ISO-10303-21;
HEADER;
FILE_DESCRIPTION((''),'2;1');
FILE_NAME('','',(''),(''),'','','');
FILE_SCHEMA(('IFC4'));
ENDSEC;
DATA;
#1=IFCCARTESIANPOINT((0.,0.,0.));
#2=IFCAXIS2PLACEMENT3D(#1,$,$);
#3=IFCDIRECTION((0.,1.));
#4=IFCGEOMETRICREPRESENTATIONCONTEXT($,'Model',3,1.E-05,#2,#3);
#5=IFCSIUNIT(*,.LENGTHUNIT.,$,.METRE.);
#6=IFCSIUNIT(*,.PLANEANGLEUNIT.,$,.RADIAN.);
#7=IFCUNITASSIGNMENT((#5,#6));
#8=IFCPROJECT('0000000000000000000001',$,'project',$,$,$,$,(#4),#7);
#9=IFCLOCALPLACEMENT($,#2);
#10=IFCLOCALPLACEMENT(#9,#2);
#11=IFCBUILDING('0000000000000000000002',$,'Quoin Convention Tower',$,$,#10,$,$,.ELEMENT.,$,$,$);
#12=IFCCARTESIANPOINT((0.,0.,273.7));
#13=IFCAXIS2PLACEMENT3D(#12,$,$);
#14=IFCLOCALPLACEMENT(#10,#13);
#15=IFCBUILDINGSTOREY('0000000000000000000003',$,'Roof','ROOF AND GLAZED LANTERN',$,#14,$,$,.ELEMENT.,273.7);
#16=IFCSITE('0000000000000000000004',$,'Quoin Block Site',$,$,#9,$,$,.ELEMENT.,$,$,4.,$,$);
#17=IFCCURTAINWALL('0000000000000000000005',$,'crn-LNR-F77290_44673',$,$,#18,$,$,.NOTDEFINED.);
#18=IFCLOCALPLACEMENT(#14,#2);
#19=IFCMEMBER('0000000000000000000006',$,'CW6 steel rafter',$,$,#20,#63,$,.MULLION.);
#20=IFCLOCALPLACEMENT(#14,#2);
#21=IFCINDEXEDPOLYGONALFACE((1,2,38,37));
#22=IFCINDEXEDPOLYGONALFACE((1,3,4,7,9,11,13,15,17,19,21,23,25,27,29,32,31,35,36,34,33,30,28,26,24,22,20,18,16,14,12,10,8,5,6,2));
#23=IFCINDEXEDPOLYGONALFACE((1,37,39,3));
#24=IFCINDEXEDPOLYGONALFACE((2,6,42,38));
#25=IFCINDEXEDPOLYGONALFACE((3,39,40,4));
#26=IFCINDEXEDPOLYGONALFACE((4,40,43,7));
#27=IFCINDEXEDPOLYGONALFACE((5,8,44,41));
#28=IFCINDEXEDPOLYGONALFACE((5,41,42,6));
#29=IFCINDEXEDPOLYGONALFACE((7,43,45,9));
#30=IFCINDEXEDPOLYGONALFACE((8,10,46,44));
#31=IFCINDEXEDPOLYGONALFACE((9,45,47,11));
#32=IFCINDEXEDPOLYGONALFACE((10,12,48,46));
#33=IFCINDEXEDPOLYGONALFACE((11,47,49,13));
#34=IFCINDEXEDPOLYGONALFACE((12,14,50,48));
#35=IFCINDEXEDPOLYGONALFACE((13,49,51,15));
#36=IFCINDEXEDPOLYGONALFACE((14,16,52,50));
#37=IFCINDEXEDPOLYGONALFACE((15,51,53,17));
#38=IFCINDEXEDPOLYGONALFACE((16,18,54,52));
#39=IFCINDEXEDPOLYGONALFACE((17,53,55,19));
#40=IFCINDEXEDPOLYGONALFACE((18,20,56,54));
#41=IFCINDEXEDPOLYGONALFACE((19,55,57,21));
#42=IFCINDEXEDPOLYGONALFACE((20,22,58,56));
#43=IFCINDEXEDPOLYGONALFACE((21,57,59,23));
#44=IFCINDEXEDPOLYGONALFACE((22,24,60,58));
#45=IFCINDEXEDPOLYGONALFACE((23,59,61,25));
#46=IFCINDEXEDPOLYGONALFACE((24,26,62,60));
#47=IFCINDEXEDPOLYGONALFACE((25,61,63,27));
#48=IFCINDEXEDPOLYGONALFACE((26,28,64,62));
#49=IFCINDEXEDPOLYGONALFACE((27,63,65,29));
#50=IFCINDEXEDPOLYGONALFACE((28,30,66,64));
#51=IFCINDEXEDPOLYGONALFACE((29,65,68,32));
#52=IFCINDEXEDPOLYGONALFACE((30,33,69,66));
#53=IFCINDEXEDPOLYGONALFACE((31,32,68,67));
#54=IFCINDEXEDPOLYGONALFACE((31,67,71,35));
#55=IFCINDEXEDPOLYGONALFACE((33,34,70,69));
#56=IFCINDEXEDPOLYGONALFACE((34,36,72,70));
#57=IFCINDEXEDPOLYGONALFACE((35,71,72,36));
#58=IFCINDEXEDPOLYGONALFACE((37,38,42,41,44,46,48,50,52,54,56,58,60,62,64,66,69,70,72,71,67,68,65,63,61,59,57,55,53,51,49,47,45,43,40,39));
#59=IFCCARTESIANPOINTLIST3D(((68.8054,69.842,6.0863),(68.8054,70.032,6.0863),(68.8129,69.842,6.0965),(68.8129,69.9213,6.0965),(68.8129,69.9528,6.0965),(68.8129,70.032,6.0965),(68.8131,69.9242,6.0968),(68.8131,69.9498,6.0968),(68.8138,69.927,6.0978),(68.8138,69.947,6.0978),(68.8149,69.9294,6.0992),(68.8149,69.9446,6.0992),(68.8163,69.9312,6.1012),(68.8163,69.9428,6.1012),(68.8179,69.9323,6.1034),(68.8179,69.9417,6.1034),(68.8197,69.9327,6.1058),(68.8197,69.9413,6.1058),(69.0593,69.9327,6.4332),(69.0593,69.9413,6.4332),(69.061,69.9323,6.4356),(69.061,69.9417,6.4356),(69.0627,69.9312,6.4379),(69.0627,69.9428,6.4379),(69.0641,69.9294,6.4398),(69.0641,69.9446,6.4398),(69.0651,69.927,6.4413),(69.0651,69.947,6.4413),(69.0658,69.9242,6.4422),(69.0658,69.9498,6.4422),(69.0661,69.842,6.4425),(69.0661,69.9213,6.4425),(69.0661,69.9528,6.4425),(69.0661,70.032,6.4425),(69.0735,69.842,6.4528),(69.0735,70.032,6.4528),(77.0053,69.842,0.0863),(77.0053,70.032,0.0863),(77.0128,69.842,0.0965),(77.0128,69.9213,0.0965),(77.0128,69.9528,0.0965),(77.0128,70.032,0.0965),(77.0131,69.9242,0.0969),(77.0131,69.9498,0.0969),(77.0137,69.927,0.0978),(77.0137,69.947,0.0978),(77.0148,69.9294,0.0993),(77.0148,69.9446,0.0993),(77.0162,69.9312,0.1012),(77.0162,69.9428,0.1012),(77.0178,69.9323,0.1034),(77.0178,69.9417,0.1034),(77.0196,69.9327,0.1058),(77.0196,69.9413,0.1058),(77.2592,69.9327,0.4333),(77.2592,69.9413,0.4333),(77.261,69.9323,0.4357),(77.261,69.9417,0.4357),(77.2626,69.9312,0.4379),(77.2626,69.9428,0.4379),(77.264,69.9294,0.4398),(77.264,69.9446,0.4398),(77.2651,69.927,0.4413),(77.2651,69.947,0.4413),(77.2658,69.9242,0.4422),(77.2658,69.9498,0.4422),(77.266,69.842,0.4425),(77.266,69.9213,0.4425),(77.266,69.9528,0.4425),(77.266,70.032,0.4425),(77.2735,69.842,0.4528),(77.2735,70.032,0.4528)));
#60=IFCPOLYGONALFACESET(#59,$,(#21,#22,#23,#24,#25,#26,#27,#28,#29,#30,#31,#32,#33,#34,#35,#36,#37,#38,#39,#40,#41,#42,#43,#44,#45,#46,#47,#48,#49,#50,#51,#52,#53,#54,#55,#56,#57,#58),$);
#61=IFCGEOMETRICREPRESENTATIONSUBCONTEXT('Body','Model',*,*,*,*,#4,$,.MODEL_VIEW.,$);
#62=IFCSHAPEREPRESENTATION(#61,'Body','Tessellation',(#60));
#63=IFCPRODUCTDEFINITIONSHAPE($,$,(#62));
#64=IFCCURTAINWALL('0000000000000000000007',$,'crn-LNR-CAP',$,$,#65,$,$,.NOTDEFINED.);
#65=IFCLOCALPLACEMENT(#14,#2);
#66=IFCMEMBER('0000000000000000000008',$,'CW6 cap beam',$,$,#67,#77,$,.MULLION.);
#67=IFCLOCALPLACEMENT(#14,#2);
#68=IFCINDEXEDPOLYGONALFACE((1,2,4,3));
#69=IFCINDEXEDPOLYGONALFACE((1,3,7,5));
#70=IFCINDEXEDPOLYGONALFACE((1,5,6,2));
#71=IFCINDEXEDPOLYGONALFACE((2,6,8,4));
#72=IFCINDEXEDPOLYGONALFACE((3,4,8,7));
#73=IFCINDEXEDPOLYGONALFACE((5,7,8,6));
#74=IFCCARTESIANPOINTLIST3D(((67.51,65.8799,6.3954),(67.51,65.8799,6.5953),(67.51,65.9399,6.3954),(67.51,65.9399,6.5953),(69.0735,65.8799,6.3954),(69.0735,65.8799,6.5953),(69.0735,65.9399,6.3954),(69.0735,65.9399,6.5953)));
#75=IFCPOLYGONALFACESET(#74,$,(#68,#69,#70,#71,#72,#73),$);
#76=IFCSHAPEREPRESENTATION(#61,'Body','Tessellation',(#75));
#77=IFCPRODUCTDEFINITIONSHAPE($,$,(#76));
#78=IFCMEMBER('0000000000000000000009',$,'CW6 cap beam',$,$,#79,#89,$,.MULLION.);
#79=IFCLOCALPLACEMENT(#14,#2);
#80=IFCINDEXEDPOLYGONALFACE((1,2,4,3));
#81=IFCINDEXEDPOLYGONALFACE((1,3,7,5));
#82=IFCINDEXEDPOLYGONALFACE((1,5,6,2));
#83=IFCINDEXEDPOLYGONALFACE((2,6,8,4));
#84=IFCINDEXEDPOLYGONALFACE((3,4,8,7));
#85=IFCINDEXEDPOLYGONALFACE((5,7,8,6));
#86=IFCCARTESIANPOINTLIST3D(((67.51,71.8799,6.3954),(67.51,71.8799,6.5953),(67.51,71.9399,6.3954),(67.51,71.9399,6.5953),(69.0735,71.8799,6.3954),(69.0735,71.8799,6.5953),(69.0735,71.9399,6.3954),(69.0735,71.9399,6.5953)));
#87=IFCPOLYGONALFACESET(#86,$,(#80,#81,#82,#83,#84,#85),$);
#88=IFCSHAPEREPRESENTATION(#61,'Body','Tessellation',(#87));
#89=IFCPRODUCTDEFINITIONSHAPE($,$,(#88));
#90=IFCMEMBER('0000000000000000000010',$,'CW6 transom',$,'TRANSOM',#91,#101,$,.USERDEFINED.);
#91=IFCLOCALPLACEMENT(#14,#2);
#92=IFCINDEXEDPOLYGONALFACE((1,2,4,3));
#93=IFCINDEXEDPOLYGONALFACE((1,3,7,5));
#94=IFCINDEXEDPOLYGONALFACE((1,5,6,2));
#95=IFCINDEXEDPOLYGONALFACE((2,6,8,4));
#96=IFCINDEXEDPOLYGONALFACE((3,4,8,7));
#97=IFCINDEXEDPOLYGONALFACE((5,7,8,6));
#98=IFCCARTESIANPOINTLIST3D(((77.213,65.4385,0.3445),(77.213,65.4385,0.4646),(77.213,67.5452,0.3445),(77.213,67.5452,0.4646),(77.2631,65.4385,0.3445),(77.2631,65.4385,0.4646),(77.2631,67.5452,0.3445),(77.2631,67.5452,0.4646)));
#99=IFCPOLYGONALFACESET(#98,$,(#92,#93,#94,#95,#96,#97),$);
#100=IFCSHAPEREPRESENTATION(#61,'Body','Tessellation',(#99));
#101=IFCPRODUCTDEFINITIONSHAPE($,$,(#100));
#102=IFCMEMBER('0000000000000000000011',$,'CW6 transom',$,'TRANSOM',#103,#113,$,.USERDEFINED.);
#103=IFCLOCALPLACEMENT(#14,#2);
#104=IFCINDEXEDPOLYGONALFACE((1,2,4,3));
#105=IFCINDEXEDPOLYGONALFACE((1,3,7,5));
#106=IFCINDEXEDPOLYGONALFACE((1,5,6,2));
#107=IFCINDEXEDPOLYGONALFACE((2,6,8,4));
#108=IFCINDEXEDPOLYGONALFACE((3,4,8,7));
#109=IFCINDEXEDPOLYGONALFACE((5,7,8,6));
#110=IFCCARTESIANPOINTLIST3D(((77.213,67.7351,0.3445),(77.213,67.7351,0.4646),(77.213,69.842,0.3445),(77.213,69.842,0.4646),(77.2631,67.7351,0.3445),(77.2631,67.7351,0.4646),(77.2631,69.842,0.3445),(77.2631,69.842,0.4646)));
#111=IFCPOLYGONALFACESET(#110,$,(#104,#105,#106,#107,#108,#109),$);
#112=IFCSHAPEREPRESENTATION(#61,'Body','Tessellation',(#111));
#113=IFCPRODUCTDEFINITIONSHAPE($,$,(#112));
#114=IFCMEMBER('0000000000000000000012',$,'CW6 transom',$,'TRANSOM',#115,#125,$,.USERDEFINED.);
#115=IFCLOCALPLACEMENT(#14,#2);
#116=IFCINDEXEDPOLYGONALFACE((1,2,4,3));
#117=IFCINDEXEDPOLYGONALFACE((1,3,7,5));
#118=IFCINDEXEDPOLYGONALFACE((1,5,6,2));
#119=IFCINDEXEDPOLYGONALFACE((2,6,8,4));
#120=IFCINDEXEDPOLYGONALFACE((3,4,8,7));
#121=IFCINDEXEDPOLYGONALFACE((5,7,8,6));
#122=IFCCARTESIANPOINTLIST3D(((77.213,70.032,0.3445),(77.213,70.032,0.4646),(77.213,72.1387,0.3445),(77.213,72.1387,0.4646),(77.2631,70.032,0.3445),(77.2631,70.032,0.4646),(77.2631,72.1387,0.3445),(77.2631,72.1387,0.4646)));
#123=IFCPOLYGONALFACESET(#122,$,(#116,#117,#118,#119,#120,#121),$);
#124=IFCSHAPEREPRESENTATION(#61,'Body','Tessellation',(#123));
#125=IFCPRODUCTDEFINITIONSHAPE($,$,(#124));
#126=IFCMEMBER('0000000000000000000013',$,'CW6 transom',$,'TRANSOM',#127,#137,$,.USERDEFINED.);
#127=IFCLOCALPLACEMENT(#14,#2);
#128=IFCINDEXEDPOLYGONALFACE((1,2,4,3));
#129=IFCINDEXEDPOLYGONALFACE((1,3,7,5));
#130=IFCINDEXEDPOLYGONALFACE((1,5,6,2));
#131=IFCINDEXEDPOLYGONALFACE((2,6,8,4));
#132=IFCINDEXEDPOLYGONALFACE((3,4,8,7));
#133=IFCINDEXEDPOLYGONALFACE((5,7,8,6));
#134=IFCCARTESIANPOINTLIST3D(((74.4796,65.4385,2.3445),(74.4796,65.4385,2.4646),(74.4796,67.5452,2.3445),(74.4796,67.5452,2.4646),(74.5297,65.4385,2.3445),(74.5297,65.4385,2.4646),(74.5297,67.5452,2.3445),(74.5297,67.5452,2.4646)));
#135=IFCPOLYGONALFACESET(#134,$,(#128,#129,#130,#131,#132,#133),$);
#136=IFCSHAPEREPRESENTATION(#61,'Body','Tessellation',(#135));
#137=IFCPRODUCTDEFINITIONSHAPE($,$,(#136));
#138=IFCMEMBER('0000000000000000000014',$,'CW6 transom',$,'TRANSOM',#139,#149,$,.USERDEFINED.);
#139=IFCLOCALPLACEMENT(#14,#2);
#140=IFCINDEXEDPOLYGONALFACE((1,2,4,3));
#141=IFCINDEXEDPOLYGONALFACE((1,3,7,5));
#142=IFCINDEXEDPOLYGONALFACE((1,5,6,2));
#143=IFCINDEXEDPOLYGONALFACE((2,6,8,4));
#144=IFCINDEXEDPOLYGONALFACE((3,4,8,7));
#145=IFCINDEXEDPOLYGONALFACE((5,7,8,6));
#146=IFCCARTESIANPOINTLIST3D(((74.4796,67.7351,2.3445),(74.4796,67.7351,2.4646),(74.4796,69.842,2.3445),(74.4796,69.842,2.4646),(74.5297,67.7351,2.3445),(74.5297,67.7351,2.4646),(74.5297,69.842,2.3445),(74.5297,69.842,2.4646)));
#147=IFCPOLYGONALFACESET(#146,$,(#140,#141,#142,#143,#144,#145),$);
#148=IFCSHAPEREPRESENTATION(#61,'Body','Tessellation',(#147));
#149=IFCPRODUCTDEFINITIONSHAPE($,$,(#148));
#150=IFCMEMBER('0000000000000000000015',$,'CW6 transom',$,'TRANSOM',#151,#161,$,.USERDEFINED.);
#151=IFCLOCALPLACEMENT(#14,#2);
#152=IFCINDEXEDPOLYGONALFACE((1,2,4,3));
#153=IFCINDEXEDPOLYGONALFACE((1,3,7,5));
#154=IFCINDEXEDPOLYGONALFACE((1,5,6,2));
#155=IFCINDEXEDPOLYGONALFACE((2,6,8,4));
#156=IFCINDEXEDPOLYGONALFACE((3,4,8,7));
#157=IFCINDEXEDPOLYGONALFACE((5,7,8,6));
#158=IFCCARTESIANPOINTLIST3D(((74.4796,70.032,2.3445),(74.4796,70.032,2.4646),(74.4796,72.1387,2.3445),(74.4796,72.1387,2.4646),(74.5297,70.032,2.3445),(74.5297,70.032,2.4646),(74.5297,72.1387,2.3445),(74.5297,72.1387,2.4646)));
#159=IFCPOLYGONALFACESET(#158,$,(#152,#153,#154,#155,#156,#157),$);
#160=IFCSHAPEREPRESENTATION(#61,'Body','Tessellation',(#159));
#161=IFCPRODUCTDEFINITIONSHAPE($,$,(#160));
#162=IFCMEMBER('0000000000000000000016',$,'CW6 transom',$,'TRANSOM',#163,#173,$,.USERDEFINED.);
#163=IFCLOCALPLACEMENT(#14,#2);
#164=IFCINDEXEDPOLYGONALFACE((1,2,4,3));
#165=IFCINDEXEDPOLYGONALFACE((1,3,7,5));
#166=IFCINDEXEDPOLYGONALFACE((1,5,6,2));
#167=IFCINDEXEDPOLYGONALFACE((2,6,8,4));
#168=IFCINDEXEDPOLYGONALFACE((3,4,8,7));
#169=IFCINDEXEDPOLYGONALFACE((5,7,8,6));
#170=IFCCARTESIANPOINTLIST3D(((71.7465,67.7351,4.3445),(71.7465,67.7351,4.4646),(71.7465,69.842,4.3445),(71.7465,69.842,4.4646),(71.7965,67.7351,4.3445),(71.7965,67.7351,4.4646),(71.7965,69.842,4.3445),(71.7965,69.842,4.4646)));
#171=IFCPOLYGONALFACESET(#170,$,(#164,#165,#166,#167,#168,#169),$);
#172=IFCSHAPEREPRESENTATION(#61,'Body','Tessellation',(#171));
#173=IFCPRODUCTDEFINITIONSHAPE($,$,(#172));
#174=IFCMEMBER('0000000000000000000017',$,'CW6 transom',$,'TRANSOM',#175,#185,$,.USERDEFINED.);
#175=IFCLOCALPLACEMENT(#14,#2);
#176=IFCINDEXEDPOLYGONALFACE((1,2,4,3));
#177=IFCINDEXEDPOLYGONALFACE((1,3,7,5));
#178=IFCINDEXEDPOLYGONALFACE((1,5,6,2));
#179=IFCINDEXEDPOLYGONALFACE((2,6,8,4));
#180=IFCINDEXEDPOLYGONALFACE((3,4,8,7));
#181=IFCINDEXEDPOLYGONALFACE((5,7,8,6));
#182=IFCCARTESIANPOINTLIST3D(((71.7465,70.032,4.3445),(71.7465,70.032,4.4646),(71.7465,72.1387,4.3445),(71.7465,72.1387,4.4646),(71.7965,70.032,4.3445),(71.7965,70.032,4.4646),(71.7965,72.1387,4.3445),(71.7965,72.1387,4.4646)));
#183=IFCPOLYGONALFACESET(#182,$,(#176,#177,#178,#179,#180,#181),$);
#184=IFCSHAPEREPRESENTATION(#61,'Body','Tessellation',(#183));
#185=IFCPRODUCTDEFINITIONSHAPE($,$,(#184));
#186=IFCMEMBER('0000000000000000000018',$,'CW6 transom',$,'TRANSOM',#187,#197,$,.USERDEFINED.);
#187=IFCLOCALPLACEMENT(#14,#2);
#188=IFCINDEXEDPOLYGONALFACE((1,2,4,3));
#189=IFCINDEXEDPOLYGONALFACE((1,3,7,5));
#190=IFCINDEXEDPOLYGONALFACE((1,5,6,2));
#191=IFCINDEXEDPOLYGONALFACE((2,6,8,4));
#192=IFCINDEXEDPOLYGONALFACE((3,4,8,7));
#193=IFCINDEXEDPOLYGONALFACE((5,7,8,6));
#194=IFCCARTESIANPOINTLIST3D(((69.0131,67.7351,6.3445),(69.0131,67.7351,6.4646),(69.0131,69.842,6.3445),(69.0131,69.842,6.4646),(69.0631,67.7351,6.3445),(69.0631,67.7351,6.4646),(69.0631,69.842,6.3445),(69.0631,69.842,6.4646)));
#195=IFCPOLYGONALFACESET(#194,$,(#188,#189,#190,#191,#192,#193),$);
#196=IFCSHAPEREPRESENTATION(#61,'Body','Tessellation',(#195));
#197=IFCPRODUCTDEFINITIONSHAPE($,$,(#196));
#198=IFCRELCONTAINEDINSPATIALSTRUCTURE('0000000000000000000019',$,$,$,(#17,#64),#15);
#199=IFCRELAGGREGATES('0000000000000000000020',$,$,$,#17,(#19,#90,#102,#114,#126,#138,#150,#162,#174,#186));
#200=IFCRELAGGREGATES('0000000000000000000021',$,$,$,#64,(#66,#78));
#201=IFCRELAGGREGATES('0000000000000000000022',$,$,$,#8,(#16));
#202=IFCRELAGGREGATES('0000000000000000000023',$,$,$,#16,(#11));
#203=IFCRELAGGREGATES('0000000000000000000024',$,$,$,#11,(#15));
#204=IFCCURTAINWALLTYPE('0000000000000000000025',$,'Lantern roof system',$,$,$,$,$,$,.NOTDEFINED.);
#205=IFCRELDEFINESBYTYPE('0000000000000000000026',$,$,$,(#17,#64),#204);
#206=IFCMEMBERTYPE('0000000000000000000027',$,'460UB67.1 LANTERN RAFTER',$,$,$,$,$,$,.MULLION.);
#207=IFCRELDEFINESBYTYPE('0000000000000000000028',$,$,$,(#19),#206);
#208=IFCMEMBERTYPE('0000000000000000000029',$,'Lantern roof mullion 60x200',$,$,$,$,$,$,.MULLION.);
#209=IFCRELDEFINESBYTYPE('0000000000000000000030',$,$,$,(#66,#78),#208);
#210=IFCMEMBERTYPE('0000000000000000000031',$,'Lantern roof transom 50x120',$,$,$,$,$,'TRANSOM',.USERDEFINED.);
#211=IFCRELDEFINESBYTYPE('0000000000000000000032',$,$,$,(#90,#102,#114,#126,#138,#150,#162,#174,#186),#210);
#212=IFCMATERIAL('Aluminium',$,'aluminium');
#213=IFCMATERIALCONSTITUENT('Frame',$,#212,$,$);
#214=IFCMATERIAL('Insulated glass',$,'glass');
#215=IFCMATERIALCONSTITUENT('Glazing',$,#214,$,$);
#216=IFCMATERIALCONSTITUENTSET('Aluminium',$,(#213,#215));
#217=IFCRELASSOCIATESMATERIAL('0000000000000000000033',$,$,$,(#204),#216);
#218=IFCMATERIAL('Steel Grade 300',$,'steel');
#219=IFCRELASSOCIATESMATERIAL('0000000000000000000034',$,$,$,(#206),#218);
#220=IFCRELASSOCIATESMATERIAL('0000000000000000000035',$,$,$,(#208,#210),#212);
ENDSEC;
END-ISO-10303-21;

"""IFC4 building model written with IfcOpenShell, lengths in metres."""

from ifc_helpers import new_model, si_unit, direction, frame, origin, origin_2d, place, context, subcontext, project, spatial, rectangle, i_section, extrude, material, constituent, constituent_set, material_profile, profile_set, type_object, element, aggregate, save


model = new_model("IFC4")

# Units and contexts
model_context = context("Model", 3, precision=1e-05, world=origin(), true_north=direction((0.0, 1.0)))
body_context = subcontext(model_context, "Body", "Model", "MODEL_VIEW")
ifc_project = project(units=[si_unit("LENGTHUNIT", "METRE"), si_unit("PLANEANGLEUNIT", "RADIAN")], contexts=[model_context])

# Site, building, storey
site_placement = place(None, origin())
site = spatial("IfcSite", under=ifc_project, at=site_placement, Name="Quoin Block Site", CompositionType="ELEMENT", RefElevation=4.0)
building_placement = place(site_placement, origin())
building = spatial("IfcBuilding", under=site, at=building_placement, Name="Quoin Convention Tower", CompositionType="ELEMENT")
storey_placement = place(building_placement, frame((0.0, 0.0, 273.7)))
storey = spatial("IfcBuildingStorey", under=building, at=storey_placement, Name="Roof", Description="ROOF AND GLAZED LANTERN", CompositionType="ELEMENT", Elevation=273.7)

# Shared definitions
ifc_material_1 = material(Name="Steel Grade 300", Category="steel")

# Curtain walls, members
ifc_material_2 = material(Name="Aluminium", Category="aluminium")
ifc_constituent_1 = constituent(ifc_material_2, Name="Frame")
ifc_material_3 = material(Name="Insulated glass", Category="glass")
ifc_constituent_2 = constituent(ifc_material_3, Name="Glazing")
ifc_constituent_set = constituent_set(constituents=[ifc_constituent_1, ifc_constituent_2], Name="Aluminium")
curtain_wall_type = type_object("IfcCurtainWallType", Name="Lantern roof system", PredefinedType="NOTDEFINED", material=ifc_constituent_set)
curtain_wall_1_placement = place(storey_placement, origin())
curtain_wall_1 = element("IfcCurtainWall", 1, at=curtain_wall_1_placement, inside=storey, type_object=curtain_wall_type, Name="crn-LNR-F77290_44673", PredefinedType="NOTDEFINED")
ifc_material_profile_1 = material_profile(ifc_material_1, i_section(OverallWidth=0.1899, OverallDepth=0.4541, WebThickness=0.0085, FlangeThickness=0.0127, FilletRadius=0.0115, at=origin_2d()), Name="460UB67.1")
ifc_profile_set_1 = profile_set([ifc_material_profile_1], Name="Steel Grade 300")
member_type_1 = type_object("IfcMemberType", Name="460UB67.1 LANTERN RAFTER", PredefinedType="MULLION", material=ifc_profile_set_1)
member_1_placement = place(storey_placement, frame((77.1394, 69.937, 0.2695), z_axis=(-0.807029, 0.0, 0.590512), x_axis=(0.0, -1.0, 0.0)))
member_1 = element("IfcMember", 2, at=member_1_placement, type_object=member_type_1, Name="CW6 steel rafter", PredefinedType="MULLION", context=body_context, shape_type="SweptSolid", body=[
    extrude(i_section(OverallWidth=0.1899, OverallDepth=0.4541, WebThickness=0.0085, FlangeThickness=0.0127, FilletRadius=0.0115, at=origin_2d()), origin(), (0.0, 0.0, 1.0), 10.1606),
])
curtain_wall_2_placement = place(storey_placement, origin())
curtain_wall_2 = element("IfcCurtainWall", 3, at=curtain_wall_2_placement, inside=storey, type_object=curtain_wall_type, Name="crn-LNR-CAP", PredefinedType="NOTDEFINED")
ifc_material_profile_2 = material_profile(ifc_material_2, rectangle(XDim=0.2, YDim=0.0601, at=origin_2d()), Name="Lantern roof mullion 60x200")
ifc_profile_set_2 = profile_set([ifc_material_profile_2], Name="Aluminium")
member_type_2 = type_object("IfcMemberType", Name="Lantern roof mullion 60x200", PredefinedType="MULLION", material=ifc_profile_set_2)
member_2_placement = place(storey_placement, frame((67.51, 65.9099, 6.4954), z_axis=(1.0, 0.0, 0.0), x_axis=(0.0, 0.0, 1.0)))
member_2 = element("IfcMember", 4, at=member_2_placement, type_object=member_type_2, Name="CW6 cap beam", PredefinedType="MULLION", context=body_context, shape_type="SweptSolid", body=[
    extrude(rectangle(XDim=0.2, YDim=0.0601, at=origin_2d()), origin(), (0.0, 0.0, 1.0), 1.5635),
])
member_3_placement = place(storey_placement, frame((67.51, 71.9099, 6.4954), z_axis=(1.0, 0.0, 0.0), x_axis=(0.0, 0.0, 1.0)))
member_3 = element("IfcMember", 5, at=member_3_placement, type_object=member_type_2, Name="CW6 cap beam", PredefinedType="MULLION", context=body_context, shape_type="SweptSolid", body=[
    extrude(rectangle(XDim=0.2, YDim=0.0601, at=origin_2d()), origin(), (0.0, 0.0, 1.0), 1.5635),
])

# Members
ifc_material_profile_3 = material_profile(ifc_material_2, rectangle(XDim=0.1201, YDim=0.05, at=origin_2d()), Name="Lantern roof transom 50x120")
ifc_profile_set_3 = profile_set([ifc_material_profile_3], Name="Aluminium")
member_type_3 = type_object("IfcMemberType", Name="Lantern roof transom 50x120", ElementType="TRANSOM", PredefinedType="USERDEFINED", material=ifc_profile_set_3)
member_4_placement = place(storey_placement, frame((77.238, 65.4385, 0.4045), z_axis=(0.0, 1.0, 0.0), x_axis=(0.0, 0.0, 1.0)))
member_4 = element("IfcMember", 6, at=member_4_placement, type_object=member_type_3, Name="CW6 transom", ObjectType="TRANSOM", PredefinedType="USERDEFINED", context=body_context, shape_type="SweptSolid", body=[
    extrude(rectangle(XDim=0.1201, YDim=0.05, at=origin_2d()), origin(), (0.0, 0.0, 1.0), 2.1067),
])
member_5_placement = place(storey_placement, frame((77.238, 67.7351, 0.4045), z_axis=(0.0, 1.0, 0.0), x_axis=(0.0, 0.0, 1.0)))
member_5 = element("IfcMember", 7, at=member_5_placement, type_object=member_type_3, Name="CW6 transom", ObjectType="TRANSOM", PredefinedType="USERDEFINED", context=body_context, shape_type="SweptSolid", body=[
    extrude(rectangle(XDim=0.1201, YDim=0.05, at=origin_2d()), origin(), (0.0, 0.0, 1.0), 2.1069),
])
member_6_placement = place(storey_placement, frame((77.238, 70.032, 0.4045), z_axis=(0.0, 1.0, 0.0), x_axis=(0.0, 0.0, 1.0)))
member_6 = element("IfcMember", 8, at=member_6_placement, type_object=member_type_3, Name="CW6 transom", ObjectType="TRANSOM", PredefinedType="USERDEFINED", context=body_context, shape_type="SweptSolid", body=[
    extrude(rectangle(XDim=0.1201, YDim=0.05, at=origin_2d()), origin(), (0.0, 0.0, 1.0), 2.1067),
])
member_7_placement = place(storey_placement, frame((74.5046, 65.4385, 2.4045), z_axis=(0.0, 1.0, 0.0), x_axis=(0.0, 0.0, 1.0)))
member_7 = element("IfcMember", 9, at=member_7_placement, type_object=member_type_3, Name="CW6 transom", ObjectType="TRANSOM", PredefinedType="USERDEFINED", context=body_context, shape_type="SweptSolid", body=[
    extrude(rectangle(XDim=0.1201, YDim=0.05, at=origin_2d()), origin(), (0.0, 0.0, 1.0), 2.1067),
])
member_8_placement = place(storey_placement, frame((74.5046, 67.7351, 2.4045), z_axis=(0.0, 1.0, 0.0), x_axis=(0.0, 0.0, 1.0)))
member_8 = element("IfcMember", 10, at=member_8_placement, type_object=member_type_3, Name="CW6 transom", ObjectType="TRANSOM", PredefinedType="USERDEFINED", context=body_context, shape_type="SweptSolid", body=[
    extrude(rectangle(XDim=0.1201, YDim=0.05, at=origin_2d()), origin(), (0.0, 0.0, 1.0), 2.1069),
])
member_9_placement = place(storey_placement, frame((74.5046, 70.032, 2.4045), z_axis=(0.0, 1.0, 0.0), x_axis=(0.0, 0.0, 1.0)))
member_9 = element("IfcMember", 11, at=member_9_placement, type_object=member_type_3, Name="CW6 transom", ObjectType="TRANSOM", PredefinedType="USERDEFINED", context=body_context, shape_type="SweptSolid", body=[
    extrude(rectangle(XDim=0.1201, YDim=0.05, at=origin_2d()), origin(), (0.0, 0.0, 1.0), 2.1067),
])
member_10_placement = place(storey_placement, frame((71.7715, 67.7351, 4.4045), z_axis=(0.0, 1.0, 0.0), x_axis=(0.0, 0.0, 1.0)))
member_10 = element("IfcMember", 12, at=member_10_placement, type_object=member_type_3, Name="CW6 transom", ObjectType="TRANSOM", PredefinedType="USERDEFINED", context=body_context, shape_type="SweptSolid", body=[
    extrude(rectangle(XDim=0.1201, YDim=0.05, at=origin_2d()), origin(), (0.0, 0.0, 1.0), 2.1069),
])
member_11_placement = place(storey_placement, frame((71.7715, 70.032, 4.4045), z_axis=(0.0, 1.0, 0.0), x_axis=(0.0, 0.0, 1.0)))
member_11 = element("IfcMember", 13, at=member_11_placement, type_object=member_type_3, Name="CW6 transom", ObjectType="TRANSOM", PredefinedType="USERDEFINED", context=body_context, shape_type="SweptSolid", body=[
    extrude(rectangle(XDim=0.1201, YDim=0.05, at=origin_2d()), origin(), (0.0, 0.0, 1.0), 2.1067),
])
member_12_placement = place(storey_placement, frame((69.0381, 67.7351, 6.4045), z_axis=(0.0, 1.0, 0.0), x_axis=(0.0, 0.0, 1.0)))
member_12 = element("IfcMember", 14, at=member_12_placement, type_object=member_type_3, Name="CW6 transom", ObjectType="TRANSOM", PredefinedType="USERDEFINED", context=body_context, shape_type="SweptSolid", body=[
    extrude(rectangle(XDim=0.1201, YDim=0.05, at=origin_2d()), origin(), (0.0, 0.0, 1.0), 2.1069),
])

aggregate(curtain_wall_1, [member_1, member_4, member_5, member_6, member_7, member_8, member_9, member_10, member_11, member_12])
aggregate(curtain_wall_2, [member_2, member_3])

save(model, "model.ifc")
